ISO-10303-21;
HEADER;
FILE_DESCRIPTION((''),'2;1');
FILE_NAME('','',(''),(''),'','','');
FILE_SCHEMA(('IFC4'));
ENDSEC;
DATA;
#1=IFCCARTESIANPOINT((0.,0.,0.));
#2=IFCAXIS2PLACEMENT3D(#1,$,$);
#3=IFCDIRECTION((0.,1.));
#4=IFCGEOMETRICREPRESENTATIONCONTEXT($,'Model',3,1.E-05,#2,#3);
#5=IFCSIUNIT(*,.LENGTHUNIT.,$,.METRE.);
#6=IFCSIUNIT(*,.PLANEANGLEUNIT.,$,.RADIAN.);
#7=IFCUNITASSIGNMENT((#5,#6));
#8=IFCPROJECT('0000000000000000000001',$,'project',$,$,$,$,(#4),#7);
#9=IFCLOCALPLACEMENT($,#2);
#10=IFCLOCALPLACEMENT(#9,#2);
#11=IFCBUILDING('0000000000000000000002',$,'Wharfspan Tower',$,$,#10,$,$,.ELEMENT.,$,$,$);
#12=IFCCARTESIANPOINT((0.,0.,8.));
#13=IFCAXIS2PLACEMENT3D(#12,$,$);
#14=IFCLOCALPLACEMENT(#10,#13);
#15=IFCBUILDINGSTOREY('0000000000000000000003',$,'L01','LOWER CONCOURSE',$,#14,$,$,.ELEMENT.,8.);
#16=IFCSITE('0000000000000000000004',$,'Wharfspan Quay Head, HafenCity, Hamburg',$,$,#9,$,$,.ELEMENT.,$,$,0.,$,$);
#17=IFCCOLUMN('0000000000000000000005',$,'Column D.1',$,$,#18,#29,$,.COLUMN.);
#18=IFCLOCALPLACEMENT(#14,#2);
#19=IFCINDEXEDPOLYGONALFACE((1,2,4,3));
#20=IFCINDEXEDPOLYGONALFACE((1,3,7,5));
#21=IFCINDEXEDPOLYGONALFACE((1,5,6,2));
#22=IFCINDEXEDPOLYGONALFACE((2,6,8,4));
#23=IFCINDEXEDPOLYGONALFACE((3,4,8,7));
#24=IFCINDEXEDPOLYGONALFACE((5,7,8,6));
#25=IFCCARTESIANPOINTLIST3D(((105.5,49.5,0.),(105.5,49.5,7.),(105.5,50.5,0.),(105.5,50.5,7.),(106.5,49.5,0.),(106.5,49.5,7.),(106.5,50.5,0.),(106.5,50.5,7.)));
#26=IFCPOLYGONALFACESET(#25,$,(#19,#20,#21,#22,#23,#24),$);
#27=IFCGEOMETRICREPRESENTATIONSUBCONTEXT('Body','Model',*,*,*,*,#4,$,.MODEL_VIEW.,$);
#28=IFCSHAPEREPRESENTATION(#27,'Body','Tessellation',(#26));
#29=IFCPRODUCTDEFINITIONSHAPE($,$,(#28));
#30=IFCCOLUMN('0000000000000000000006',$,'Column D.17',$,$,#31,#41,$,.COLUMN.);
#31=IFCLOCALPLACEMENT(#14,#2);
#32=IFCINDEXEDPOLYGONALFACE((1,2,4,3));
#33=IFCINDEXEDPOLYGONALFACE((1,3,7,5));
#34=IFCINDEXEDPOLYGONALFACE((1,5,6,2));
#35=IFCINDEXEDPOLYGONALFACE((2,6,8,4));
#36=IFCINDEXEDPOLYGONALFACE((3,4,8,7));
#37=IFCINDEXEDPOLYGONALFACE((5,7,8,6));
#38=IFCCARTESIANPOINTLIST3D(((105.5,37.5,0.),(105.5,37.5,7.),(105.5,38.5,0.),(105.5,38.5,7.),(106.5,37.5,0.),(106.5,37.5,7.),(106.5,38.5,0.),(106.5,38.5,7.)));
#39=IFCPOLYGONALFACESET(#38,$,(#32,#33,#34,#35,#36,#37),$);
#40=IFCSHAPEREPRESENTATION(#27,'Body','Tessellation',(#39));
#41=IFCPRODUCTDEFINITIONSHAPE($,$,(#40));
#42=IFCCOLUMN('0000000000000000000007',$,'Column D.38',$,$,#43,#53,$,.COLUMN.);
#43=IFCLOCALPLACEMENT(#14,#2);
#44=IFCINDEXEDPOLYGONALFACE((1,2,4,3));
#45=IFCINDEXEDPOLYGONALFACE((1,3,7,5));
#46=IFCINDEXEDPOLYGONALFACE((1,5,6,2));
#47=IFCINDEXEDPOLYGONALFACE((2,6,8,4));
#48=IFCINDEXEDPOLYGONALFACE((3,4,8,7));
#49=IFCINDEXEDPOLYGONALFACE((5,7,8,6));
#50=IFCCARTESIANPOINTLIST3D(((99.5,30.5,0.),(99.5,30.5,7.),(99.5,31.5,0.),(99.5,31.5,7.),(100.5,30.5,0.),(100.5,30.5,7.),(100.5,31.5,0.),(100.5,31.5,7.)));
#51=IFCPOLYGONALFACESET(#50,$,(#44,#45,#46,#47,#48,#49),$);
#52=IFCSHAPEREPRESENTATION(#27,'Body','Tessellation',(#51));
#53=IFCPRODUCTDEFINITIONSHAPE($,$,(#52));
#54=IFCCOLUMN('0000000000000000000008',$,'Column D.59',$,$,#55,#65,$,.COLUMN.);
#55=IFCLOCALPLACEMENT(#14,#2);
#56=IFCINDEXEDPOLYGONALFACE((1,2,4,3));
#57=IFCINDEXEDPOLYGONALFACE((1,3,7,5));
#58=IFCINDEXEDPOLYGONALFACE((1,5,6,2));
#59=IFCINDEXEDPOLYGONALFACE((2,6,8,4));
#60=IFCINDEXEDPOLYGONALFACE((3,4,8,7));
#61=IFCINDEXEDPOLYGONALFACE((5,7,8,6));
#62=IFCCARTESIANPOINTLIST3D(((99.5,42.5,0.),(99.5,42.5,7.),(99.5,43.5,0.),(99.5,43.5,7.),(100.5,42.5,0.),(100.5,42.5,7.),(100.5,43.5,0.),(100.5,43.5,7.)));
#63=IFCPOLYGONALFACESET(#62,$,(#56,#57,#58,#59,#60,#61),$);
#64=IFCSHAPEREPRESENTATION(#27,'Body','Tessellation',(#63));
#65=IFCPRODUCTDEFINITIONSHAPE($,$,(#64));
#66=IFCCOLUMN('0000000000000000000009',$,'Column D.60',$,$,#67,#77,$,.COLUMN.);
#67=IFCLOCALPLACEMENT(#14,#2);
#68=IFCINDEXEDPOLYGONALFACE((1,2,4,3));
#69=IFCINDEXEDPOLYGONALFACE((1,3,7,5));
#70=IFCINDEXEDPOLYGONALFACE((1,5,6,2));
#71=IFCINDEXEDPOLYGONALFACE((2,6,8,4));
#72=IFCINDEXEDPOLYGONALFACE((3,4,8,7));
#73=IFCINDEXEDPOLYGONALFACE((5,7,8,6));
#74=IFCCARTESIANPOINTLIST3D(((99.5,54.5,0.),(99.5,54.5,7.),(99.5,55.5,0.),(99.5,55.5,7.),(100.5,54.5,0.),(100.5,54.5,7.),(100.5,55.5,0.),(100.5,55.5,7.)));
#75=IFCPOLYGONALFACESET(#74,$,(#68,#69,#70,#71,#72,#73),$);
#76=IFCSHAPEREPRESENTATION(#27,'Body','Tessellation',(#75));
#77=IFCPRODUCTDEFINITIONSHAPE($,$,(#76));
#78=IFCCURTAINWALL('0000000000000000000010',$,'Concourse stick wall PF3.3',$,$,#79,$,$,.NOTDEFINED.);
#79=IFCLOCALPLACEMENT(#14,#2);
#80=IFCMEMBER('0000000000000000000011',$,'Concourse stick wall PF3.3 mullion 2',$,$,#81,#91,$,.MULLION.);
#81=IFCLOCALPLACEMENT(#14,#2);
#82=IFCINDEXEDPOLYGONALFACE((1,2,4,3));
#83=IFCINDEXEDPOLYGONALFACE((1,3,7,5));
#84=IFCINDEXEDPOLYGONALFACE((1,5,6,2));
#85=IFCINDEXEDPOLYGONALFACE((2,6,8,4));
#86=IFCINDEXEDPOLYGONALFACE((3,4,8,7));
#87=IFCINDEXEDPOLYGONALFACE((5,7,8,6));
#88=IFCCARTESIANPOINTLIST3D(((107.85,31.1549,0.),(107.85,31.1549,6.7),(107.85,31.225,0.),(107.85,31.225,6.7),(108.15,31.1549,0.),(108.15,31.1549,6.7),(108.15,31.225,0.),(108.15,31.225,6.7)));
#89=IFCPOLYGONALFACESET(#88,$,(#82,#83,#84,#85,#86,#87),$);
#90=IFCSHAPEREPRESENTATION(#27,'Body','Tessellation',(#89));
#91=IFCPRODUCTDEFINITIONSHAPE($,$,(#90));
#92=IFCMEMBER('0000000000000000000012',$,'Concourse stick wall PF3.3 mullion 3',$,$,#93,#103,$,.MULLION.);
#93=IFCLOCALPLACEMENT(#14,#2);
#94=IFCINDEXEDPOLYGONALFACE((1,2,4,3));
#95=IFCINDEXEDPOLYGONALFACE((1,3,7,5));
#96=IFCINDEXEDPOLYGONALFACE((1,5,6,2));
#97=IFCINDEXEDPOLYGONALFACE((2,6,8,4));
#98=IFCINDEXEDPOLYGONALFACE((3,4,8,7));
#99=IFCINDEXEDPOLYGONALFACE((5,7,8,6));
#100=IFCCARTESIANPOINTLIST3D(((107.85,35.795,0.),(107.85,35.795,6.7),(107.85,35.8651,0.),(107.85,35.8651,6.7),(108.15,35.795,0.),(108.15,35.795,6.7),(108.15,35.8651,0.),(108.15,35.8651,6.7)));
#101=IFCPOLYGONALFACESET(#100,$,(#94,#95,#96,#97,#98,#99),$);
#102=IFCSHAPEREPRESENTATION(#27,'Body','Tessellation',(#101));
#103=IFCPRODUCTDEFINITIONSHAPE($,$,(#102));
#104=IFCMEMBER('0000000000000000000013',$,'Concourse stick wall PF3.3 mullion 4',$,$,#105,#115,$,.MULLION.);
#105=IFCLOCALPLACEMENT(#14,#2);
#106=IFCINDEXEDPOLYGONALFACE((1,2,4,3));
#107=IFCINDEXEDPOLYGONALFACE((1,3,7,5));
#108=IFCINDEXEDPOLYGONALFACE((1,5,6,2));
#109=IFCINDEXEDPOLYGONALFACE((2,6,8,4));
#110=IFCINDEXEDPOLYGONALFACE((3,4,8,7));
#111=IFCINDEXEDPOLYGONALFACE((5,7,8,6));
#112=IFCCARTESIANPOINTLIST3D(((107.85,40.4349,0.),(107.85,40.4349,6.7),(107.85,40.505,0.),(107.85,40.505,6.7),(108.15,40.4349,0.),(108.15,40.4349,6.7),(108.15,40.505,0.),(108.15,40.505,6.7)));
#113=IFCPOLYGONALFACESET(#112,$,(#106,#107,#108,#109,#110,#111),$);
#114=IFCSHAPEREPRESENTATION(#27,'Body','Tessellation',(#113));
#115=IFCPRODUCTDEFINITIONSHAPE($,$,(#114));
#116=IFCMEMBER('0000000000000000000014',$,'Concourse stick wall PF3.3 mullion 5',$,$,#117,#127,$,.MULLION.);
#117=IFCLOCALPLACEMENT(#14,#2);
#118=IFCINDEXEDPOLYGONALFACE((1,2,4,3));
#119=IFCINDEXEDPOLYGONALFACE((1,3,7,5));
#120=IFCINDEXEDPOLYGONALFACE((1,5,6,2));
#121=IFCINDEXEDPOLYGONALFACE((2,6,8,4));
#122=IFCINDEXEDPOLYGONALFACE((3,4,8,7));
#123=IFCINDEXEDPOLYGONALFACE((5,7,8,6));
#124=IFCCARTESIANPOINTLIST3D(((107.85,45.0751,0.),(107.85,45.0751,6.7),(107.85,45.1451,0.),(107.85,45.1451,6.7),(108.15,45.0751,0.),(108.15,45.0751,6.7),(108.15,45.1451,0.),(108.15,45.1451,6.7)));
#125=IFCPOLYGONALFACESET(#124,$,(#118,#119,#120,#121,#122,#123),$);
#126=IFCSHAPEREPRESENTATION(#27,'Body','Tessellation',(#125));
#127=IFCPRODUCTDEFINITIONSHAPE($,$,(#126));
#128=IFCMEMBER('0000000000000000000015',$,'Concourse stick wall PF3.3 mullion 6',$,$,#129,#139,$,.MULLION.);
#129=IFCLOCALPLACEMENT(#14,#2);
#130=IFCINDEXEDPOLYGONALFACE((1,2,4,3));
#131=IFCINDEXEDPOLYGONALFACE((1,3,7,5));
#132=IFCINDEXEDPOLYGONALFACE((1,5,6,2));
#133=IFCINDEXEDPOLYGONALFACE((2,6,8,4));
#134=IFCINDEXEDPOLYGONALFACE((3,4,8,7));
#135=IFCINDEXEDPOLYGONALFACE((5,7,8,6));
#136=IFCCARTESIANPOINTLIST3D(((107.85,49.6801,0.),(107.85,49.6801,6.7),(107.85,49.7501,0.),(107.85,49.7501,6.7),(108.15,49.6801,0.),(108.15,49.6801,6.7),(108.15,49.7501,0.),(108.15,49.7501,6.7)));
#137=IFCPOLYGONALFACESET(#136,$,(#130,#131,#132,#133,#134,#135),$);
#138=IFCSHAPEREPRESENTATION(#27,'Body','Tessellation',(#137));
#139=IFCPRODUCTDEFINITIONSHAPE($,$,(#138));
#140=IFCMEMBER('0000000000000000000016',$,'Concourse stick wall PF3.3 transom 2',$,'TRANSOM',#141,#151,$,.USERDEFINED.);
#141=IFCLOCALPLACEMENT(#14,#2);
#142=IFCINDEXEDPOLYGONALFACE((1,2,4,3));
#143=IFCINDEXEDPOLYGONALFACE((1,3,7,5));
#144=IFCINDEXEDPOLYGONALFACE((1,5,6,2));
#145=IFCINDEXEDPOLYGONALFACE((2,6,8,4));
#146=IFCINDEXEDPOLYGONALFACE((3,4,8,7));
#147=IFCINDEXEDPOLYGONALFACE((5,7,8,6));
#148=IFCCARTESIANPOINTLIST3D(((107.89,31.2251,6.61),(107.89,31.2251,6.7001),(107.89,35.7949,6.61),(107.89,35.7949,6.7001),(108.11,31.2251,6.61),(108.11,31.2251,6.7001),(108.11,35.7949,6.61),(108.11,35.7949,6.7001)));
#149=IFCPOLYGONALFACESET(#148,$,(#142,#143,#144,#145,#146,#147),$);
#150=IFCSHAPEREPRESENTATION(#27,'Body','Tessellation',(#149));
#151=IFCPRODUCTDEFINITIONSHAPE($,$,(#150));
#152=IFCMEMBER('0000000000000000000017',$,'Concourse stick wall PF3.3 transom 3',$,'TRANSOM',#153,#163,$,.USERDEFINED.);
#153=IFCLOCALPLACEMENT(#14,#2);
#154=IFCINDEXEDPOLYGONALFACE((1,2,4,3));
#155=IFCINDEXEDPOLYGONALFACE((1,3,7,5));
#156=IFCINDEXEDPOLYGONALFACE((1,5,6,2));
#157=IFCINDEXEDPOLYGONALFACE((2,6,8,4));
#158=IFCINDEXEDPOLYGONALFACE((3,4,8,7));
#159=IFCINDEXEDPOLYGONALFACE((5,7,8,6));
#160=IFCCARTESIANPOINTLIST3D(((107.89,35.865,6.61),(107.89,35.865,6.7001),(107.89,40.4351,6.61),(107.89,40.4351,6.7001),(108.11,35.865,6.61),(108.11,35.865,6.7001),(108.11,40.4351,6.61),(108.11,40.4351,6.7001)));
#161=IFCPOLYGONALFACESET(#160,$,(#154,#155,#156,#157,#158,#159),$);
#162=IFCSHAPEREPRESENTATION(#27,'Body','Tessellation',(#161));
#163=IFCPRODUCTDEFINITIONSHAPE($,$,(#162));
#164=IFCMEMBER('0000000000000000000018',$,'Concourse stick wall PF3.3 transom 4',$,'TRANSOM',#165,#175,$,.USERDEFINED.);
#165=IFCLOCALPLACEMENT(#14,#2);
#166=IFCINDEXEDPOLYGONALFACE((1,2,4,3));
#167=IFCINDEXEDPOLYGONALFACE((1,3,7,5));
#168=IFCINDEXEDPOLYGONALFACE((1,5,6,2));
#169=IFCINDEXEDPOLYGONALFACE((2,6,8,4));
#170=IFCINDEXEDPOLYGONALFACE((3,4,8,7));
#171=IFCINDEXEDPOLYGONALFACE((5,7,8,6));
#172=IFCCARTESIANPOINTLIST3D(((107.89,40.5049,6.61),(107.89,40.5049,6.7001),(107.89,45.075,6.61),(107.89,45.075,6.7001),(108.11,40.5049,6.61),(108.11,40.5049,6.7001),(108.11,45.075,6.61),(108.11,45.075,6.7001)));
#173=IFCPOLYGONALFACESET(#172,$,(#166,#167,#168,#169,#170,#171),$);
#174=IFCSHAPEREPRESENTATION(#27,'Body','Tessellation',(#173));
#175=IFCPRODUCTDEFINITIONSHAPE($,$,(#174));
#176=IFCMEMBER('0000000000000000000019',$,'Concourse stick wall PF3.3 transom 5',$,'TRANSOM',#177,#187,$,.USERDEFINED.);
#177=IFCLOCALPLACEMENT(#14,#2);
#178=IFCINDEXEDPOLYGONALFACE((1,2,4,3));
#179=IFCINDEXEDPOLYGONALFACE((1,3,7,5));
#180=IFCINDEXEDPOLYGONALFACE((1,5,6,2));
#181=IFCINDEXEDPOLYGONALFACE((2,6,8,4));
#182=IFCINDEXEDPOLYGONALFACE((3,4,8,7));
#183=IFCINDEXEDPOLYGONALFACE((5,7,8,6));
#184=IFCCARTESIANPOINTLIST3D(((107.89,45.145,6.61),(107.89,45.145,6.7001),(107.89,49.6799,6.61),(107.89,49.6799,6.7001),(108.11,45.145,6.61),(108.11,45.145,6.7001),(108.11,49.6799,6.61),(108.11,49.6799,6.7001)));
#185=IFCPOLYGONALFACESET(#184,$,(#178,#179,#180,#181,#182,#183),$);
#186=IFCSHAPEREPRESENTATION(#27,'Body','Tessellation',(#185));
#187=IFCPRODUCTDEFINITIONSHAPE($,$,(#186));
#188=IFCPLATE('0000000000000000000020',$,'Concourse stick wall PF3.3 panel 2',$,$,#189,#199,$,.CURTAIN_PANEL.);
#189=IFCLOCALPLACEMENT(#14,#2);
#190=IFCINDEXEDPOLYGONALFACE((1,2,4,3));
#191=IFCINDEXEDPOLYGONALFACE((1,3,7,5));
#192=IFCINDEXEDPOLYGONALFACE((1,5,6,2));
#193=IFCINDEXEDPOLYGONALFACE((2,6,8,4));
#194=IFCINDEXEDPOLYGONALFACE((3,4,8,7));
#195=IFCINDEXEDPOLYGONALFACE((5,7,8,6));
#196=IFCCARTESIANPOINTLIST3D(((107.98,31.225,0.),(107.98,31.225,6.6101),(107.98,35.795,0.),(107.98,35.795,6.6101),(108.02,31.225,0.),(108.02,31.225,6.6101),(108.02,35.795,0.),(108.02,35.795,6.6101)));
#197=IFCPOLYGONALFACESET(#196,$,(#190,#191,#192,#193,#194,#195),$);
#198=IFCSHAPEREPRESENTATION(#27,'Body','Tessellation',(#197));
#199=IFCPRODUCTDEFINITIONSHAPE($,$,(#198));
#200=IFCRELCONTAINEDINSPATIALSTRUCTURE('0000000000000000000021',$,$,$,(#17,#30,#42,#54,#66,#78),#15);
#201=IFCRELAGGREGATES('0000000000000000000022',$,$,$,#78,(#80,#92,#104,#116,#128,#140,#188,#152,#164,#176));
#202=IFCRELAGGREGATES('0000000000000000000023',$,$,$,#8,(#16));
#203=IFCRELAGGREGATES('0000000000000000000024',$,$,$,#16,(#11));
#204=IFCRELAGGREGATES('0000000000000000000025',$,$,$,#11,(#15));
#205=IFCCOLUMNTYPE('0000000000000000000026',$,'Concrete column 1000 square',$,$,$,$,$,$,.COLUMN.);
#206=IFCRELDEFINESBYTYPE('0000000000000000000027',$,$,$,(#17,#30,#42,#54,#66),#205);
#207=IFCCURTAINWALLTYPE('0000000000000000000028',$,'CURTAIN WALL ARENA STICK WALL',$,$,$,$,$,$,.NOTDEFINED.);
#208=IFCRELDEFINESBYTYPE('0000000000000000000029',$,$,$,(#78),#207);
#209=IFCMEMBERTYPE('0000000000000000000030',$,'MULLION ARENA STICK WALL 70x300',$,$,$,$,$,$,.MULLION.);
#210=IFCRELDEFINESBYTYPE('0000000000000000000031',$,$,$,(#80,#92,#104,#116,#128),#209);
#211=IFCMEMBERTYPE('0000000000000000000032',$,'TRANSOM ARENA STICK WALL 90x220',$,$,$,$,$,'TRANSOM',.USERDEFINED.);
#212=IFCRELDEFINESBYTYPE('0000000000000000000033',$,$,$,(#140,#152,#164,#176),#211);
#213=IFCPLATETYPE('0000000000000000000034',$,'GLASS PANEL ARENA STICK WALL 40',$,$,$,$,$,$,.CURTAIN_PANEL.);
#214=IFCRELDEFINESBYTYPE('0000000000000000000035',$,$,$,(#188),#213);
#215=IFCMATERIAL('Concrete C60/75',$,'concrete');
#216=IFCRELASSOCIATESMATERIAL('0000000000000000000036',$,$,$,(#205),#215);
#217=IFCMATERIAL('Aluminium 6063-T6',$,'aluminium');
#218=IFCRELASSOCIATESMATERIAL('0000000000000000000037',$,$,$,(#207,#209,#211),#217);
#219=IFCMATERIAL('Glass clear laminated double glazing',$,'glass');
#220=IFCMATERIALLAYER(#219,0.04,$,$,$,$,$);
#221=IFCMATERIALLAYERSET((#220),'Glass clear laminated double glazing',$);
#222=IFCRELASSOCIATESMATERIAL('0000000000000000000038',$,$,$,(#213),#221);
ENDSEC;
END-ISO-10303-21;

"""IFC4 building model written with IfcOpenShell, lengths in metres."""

from ifc_helpers import new_model, si_unit, direction, frame, origin, origin_2d, place, context, subcontext, project, spatial, rectangle, extrude, material, layer, layer_set, material_profile, profile_set, type_object, element, aggregate, save


model = new_model("IFC4")

# Units and contexts
model_context = context("Model", 3, precision=1e-05, world=origin(), true_north=direction((0.0, 1.0)))
body_context = subcontext(model_context, "Body", "Model", "MODEL_VIEW")
ifc_project = project(units=[si_unit("LENGTHUNIT", "METRE"), si_unit("PLANEANGLEUNIT", "RADIAN")], contexts=[model_context])

# Site, building, storey
site_placement = place(None, origin())
site = spatial("IfcSite", under=ifc_project, at=site_placement, Name="Wharfspan Quay Head, HafenCity, Hamburg", CompositionType="ELEMENT", RefElevation=0.0)
building_placement = place(site_placement, origin())
building = spatial("IfcBuilding", under=site, at=building_placement, Name="Wharfspan Tower", CompositionType="ELEMENT")
storey_placement = place(building_placement, frame((0.0, 0.0, 8.0)))
storey = spatial("IfcBuildingStorey", under=building, at=storey_placement, Name="L01", Description="LOWER CONCOURSE", CompositionType="ELEMENT", Elevation=8.0)

# Columns
ifc_material_1 = material(Name="Concrete C60/75", Category="concrete")
ifc_material_profile_1 = material_profile(ifc_material_1, rectangle(XDim=1.0, YDim=1.0, at=origin_2d()))
ifc_profile_set_1 = profile_set([ifc_material_profile_1], Name="Concrete C60/75")
column_type = type_object("IfcColumnType", Name="Concrete column 1000 square", PredefinedType="COLUMN", material=ifc_profile_set_1)
for number, where, z_axis, x_axis, name in (
    (1, (106.0, 50.0, 0.0), (0.0, 0.0, 1.0), (1.0, 0.0, 0.0), "Column D.1"),
    (2, (106.0, 38.0, 0.0), (0.0, 0.0, 1.0), (1.0, 0.0, 0.0), "Column D.17"),
    (3, (100.0, 31.0, 0.0), (0.0, 0.0, 1.0), (1.0, 0.0, 0.0), "Column D.38"),
    (4, (100.0, 43.0, 0.0), (0.0, 0.0, 1.0), (1.0, 0.0, 0.0), "Column D.59"),
    (5, (100.0, 55.0, 0.0), (0.0, 0.0, 1.0), (1.0, 0.0, 0.0), "Column D.60"),
):
    element("IfcColumn", number, at=place(storey_placement, frame(where, z_axis=z_axis, x_axis=x_axis)), inside=storey, type_object=column_type, Name=name, PredefinedType="COLUMN", context=body_context, shape_type="SweptSolid", body=[
        extrude(rectangle(XDim=1.0, YDim=1.0, at=origin_2d()), origin(), (0.0, 0.0, 1.0), 7.0),
    ])

# Curtain wall, members, plate
ifc_material_2 = material(Name="Aluminium 6063-T6", Category="aluminium")
curtain_wall_type = type_object("IfcCurtainWallType", Name="CURTAIN WALL ARENA STICK WALL", PredefinedType="NOTDEFINED", material=ifc_material_2)
curtain_wall_placement = place(storey_placement, origin())
curtain_wall = element("IfcCurtainWall", 6, at=curtain_wall_placement, inside=storey, type_object=curtain_wall_type, Name="Concourse stick wall PF3.3", PredefinedType="NOTDEFINED")
ifc_material_profile_2 = material_profile(ifc_material_2, rectangle(XDim=0.3, YDim=0.0701, at=origin_2d()))
ifc_profile_set_2 = profile_set([ifc_material_profile_2], Name="Aluminium 6063-T6")
member_type_1 = type_object("IfcMemberType", Name="MULLION ARENA STICK WALL 70x300", PredefinedType="MULLION", material=ifc_profile_set_2)
member_1_placement = place(storey_placement, frame((108.0, 31.1899, 0.0), z_axis=(0.0, 0.0, 1.0), x_axis=(-1.0, 0.0, 0.0)))
member_1 = element("IfcMember", 7, at=member_1_placement, type_object=member_type_1, Name="Concourse stick wall PF3.3 mullion 2", PredefinedType="MULLION", context=body_context, shape_type="SweptSolid", body=[
    extrude(rectangle(XDim=0.3, YDim=0.0701, at=origin_2d()), origin(), (0.0, 0.0, 1.0), 6.7),
])
member_2_placement = place(storey_placement, frame((108.0, 35.8301, 0.0), z_axis=(0.0, 0.0, 1.0), x_axis=(-1.0, 0.0, 0.0)))
member_2 = element("IfcMember", 8, at=member_2_placement, type_object=member_type_1, Name="Concourse stick wall PF3.3 mullion 3", PredefinedType="MULLION", context=body_context, shape_type="SweptSolid", body=[
    extrude(rectangle(XDim=0.3, YDim=0.0701, at=origin_2d()), origin(), (0.0, 0.0, 1.0), 6.7),
])
member_3_placement = place(storey_placement, frame((108.0, 40.47, 0.0), z_axis=(0.0, 0.0, 1.0), x_axis=(-1.0, 0.0, 0.0)))
member_3 = element("IfcMember", 9, at=member_3_placement, type_object=member_type_1, Name="Concourse stick wall PF3.3 mullion 4", PredefinedType="MULLION", context=body_context, shape_type="SweptSolid", body=[
    extrude(rectangle(XDim=0.3, YDim=0.0701, at=origin_2d()), origin(), (0.0, 0.0, 1.0), 6.7),
])
member_4_placement = place(storey_placement, frame((108.0, 45.1101, 0.0), z_axis=(0.0, 0.0, 1.0), x_axis=(-1.0, 0.0, 0.0)))
member_4 = element("IfcMember", 10, at=member_4_placement, type_object=member_type_1, Name="Concourse stick wall PF3.3 mullion 5", PredefinedType="MULLION", context=body_context, shape_type="SweptSolid", body=[
    extrude(rectangle(XDim=0.3, YDim=0.0701, at=origin_2d()), origin(), (0.0, 0.0, 1.0), 6.7),
])
member_5_placement = place(storey_placement, frame((108.0, 49.7151, 0.0), z_axis=(0.0, 0.0, 1.0), x_axis=(-1.0, 0.0, 0.0)))
member_5 = element("IfcMember", 11, at=member_5_placement, type_object=member_type_1, Name="Concourse stick wall PF3.3 mullion 6", PredefinedType="MULLION", context=body_context, shape_type="SweptSolid", body=[
    extrude(rectangle(XDim=0.3, YDim=0.0701, at=origin_2d()), origin(), (0.0, 0.0, 1.0), 6.7),
])
ifc_material_profile_3 = material_profile(ifc_material_2, rectangle(XDim=0.22, YDim=0.0901, at=origin_2d()))
ifc_profile_set_3 = profile_set([ifc_material_profile_3], Name="Aluminium 6063-T6")
member_type_2 = type_object("IfcMemberType", Name="TRANSOM ARENA STICK WALL 90x220", ElementType="TRANSOM", PredefinedType="USERDEFINED", material=ifc_profile_set_3)
member_6_placement = place(storey_placement, frame((108.0, 31.2251, 6.655), z_axis=(0.0, 1.0, 0.0), x_axis=(-1.0, 0.0, 0.0)))
member_6 = element("IfcMember", 12, at=member_6_placement, type_object=member_type_2, Name="Concourse stick wall PF3.3 transom 2", ObjectType="TRANSOM", PredefinedType="USERDEFINED", context=body_context, shape_type="SweptSolid", body=[
    extrude(rectangle(XDim=0.22, YDim=0.0901, at=origin_2d()), origin(), (0.0, 0.0, 1.0), 4.5698),
])
member_7_placement = place(storey_placement, frame((108.0, 35.865, 6.655), z_axis=(0.0, 1.0, 0.0), x_axis=(-1.0, 0.0, 0.0)))
member_7 = element("IfcMember", 13, at=member_7_placement, type_object=member_type_2, Name="Concourse stick wall PF3.3 transom 3", ObjectType="TRANSOM", PredefinedType="USERDEFINED", context=body_context, shape_type="SweptSolid", body=[
    extrude(rectangle(XDim=0.22, YDim=0.0901, at=origin_2d()), origin(), (0.0, 0.0, 1.0), 4.5701),
])
member_8_placement = place(storey_placement, frame((108.0, 40.5049, 6.655), z_axis=(0.0, 1.0, 0.0), x_axis=(-1.0, 0.0, 0.0)))
member_8 = element("IfcMember", 14, at=member_8_placement, type_object=member_type_2, Name="Concourse stick wall PF3.3 transom 4", ObjectType="TRANSOM", PredefinedType="USERDEFINED", context=body_context, shape_type="SweptSolid", body=[
    extrude(rectangle(XDim=0.22, YDim=0.0901, at=origin_2d()), origin(), (0.0, 0.0, 1.0), 4.5701),
])
member_9_placement = place(storey_placement, frame((108.0, 45.145, 6.655), z_axis=(0.0, 1.0, 0.0), x_axis=(-1.0, 0.0, 0.0)))
member_9 = element("IfcMember", 15, at=member_9_placement, type_object=member_type_2, Name="Concourse stick wall PF3.3 transom 5", ObjectType="TRANSOM", PredefinedType="USERDEFINED", context=body_context, shape_type="SweptSolid", body=[
    extrude(rectangle(XDim=0.22, YDim=0.0901, at=origin_2d()), origin(), (0.0, 0.0, 1.0), 4.5349),
])
ifc_material_3 = material(Name="Glass clear laminated double glazing", Category="glass")
ifc_layer_1 = layer(ifc_material_3, 0.04)
ifc_layer_set_1 = layer_set([ifc_layer_1], Name="Glass clear laminated double glazing")
plate_type = type_object("IfcPlateType", Name="GLASS PANEL ARENA STICK WALL 40", PredefinedType="CURTAIN_PANEL", material=ifc_layer_set_1)
plate_1_placement = place(storey_placement, frame((108.0, 33.51, 0.0), z_axis=(0.0, 0.0, 1.0), x_axis=(0.0, 1.0, 0.0)))
plate_1 = element("IfcPlate", 16, at=plate_1_placement, type_object=plate_type, Name="Concourse stick wall PF3.3 panel 2", PredefinedType="CURTAIN_PANEL", context=body_context, shape_type="SweptSolid", body=[
    extrude(rectangle(XDim=4.5701, YDim=0.04, at=origin_2d()), origin(), (0.0, 0.0, 1.0), 6.6101),
])
aggregate(curtain_wall, [member_1, member_2, member_3, member_4, member_5, member_6, plate_1, member_7, member_8, member_9])

save(model, "model.ifc")
